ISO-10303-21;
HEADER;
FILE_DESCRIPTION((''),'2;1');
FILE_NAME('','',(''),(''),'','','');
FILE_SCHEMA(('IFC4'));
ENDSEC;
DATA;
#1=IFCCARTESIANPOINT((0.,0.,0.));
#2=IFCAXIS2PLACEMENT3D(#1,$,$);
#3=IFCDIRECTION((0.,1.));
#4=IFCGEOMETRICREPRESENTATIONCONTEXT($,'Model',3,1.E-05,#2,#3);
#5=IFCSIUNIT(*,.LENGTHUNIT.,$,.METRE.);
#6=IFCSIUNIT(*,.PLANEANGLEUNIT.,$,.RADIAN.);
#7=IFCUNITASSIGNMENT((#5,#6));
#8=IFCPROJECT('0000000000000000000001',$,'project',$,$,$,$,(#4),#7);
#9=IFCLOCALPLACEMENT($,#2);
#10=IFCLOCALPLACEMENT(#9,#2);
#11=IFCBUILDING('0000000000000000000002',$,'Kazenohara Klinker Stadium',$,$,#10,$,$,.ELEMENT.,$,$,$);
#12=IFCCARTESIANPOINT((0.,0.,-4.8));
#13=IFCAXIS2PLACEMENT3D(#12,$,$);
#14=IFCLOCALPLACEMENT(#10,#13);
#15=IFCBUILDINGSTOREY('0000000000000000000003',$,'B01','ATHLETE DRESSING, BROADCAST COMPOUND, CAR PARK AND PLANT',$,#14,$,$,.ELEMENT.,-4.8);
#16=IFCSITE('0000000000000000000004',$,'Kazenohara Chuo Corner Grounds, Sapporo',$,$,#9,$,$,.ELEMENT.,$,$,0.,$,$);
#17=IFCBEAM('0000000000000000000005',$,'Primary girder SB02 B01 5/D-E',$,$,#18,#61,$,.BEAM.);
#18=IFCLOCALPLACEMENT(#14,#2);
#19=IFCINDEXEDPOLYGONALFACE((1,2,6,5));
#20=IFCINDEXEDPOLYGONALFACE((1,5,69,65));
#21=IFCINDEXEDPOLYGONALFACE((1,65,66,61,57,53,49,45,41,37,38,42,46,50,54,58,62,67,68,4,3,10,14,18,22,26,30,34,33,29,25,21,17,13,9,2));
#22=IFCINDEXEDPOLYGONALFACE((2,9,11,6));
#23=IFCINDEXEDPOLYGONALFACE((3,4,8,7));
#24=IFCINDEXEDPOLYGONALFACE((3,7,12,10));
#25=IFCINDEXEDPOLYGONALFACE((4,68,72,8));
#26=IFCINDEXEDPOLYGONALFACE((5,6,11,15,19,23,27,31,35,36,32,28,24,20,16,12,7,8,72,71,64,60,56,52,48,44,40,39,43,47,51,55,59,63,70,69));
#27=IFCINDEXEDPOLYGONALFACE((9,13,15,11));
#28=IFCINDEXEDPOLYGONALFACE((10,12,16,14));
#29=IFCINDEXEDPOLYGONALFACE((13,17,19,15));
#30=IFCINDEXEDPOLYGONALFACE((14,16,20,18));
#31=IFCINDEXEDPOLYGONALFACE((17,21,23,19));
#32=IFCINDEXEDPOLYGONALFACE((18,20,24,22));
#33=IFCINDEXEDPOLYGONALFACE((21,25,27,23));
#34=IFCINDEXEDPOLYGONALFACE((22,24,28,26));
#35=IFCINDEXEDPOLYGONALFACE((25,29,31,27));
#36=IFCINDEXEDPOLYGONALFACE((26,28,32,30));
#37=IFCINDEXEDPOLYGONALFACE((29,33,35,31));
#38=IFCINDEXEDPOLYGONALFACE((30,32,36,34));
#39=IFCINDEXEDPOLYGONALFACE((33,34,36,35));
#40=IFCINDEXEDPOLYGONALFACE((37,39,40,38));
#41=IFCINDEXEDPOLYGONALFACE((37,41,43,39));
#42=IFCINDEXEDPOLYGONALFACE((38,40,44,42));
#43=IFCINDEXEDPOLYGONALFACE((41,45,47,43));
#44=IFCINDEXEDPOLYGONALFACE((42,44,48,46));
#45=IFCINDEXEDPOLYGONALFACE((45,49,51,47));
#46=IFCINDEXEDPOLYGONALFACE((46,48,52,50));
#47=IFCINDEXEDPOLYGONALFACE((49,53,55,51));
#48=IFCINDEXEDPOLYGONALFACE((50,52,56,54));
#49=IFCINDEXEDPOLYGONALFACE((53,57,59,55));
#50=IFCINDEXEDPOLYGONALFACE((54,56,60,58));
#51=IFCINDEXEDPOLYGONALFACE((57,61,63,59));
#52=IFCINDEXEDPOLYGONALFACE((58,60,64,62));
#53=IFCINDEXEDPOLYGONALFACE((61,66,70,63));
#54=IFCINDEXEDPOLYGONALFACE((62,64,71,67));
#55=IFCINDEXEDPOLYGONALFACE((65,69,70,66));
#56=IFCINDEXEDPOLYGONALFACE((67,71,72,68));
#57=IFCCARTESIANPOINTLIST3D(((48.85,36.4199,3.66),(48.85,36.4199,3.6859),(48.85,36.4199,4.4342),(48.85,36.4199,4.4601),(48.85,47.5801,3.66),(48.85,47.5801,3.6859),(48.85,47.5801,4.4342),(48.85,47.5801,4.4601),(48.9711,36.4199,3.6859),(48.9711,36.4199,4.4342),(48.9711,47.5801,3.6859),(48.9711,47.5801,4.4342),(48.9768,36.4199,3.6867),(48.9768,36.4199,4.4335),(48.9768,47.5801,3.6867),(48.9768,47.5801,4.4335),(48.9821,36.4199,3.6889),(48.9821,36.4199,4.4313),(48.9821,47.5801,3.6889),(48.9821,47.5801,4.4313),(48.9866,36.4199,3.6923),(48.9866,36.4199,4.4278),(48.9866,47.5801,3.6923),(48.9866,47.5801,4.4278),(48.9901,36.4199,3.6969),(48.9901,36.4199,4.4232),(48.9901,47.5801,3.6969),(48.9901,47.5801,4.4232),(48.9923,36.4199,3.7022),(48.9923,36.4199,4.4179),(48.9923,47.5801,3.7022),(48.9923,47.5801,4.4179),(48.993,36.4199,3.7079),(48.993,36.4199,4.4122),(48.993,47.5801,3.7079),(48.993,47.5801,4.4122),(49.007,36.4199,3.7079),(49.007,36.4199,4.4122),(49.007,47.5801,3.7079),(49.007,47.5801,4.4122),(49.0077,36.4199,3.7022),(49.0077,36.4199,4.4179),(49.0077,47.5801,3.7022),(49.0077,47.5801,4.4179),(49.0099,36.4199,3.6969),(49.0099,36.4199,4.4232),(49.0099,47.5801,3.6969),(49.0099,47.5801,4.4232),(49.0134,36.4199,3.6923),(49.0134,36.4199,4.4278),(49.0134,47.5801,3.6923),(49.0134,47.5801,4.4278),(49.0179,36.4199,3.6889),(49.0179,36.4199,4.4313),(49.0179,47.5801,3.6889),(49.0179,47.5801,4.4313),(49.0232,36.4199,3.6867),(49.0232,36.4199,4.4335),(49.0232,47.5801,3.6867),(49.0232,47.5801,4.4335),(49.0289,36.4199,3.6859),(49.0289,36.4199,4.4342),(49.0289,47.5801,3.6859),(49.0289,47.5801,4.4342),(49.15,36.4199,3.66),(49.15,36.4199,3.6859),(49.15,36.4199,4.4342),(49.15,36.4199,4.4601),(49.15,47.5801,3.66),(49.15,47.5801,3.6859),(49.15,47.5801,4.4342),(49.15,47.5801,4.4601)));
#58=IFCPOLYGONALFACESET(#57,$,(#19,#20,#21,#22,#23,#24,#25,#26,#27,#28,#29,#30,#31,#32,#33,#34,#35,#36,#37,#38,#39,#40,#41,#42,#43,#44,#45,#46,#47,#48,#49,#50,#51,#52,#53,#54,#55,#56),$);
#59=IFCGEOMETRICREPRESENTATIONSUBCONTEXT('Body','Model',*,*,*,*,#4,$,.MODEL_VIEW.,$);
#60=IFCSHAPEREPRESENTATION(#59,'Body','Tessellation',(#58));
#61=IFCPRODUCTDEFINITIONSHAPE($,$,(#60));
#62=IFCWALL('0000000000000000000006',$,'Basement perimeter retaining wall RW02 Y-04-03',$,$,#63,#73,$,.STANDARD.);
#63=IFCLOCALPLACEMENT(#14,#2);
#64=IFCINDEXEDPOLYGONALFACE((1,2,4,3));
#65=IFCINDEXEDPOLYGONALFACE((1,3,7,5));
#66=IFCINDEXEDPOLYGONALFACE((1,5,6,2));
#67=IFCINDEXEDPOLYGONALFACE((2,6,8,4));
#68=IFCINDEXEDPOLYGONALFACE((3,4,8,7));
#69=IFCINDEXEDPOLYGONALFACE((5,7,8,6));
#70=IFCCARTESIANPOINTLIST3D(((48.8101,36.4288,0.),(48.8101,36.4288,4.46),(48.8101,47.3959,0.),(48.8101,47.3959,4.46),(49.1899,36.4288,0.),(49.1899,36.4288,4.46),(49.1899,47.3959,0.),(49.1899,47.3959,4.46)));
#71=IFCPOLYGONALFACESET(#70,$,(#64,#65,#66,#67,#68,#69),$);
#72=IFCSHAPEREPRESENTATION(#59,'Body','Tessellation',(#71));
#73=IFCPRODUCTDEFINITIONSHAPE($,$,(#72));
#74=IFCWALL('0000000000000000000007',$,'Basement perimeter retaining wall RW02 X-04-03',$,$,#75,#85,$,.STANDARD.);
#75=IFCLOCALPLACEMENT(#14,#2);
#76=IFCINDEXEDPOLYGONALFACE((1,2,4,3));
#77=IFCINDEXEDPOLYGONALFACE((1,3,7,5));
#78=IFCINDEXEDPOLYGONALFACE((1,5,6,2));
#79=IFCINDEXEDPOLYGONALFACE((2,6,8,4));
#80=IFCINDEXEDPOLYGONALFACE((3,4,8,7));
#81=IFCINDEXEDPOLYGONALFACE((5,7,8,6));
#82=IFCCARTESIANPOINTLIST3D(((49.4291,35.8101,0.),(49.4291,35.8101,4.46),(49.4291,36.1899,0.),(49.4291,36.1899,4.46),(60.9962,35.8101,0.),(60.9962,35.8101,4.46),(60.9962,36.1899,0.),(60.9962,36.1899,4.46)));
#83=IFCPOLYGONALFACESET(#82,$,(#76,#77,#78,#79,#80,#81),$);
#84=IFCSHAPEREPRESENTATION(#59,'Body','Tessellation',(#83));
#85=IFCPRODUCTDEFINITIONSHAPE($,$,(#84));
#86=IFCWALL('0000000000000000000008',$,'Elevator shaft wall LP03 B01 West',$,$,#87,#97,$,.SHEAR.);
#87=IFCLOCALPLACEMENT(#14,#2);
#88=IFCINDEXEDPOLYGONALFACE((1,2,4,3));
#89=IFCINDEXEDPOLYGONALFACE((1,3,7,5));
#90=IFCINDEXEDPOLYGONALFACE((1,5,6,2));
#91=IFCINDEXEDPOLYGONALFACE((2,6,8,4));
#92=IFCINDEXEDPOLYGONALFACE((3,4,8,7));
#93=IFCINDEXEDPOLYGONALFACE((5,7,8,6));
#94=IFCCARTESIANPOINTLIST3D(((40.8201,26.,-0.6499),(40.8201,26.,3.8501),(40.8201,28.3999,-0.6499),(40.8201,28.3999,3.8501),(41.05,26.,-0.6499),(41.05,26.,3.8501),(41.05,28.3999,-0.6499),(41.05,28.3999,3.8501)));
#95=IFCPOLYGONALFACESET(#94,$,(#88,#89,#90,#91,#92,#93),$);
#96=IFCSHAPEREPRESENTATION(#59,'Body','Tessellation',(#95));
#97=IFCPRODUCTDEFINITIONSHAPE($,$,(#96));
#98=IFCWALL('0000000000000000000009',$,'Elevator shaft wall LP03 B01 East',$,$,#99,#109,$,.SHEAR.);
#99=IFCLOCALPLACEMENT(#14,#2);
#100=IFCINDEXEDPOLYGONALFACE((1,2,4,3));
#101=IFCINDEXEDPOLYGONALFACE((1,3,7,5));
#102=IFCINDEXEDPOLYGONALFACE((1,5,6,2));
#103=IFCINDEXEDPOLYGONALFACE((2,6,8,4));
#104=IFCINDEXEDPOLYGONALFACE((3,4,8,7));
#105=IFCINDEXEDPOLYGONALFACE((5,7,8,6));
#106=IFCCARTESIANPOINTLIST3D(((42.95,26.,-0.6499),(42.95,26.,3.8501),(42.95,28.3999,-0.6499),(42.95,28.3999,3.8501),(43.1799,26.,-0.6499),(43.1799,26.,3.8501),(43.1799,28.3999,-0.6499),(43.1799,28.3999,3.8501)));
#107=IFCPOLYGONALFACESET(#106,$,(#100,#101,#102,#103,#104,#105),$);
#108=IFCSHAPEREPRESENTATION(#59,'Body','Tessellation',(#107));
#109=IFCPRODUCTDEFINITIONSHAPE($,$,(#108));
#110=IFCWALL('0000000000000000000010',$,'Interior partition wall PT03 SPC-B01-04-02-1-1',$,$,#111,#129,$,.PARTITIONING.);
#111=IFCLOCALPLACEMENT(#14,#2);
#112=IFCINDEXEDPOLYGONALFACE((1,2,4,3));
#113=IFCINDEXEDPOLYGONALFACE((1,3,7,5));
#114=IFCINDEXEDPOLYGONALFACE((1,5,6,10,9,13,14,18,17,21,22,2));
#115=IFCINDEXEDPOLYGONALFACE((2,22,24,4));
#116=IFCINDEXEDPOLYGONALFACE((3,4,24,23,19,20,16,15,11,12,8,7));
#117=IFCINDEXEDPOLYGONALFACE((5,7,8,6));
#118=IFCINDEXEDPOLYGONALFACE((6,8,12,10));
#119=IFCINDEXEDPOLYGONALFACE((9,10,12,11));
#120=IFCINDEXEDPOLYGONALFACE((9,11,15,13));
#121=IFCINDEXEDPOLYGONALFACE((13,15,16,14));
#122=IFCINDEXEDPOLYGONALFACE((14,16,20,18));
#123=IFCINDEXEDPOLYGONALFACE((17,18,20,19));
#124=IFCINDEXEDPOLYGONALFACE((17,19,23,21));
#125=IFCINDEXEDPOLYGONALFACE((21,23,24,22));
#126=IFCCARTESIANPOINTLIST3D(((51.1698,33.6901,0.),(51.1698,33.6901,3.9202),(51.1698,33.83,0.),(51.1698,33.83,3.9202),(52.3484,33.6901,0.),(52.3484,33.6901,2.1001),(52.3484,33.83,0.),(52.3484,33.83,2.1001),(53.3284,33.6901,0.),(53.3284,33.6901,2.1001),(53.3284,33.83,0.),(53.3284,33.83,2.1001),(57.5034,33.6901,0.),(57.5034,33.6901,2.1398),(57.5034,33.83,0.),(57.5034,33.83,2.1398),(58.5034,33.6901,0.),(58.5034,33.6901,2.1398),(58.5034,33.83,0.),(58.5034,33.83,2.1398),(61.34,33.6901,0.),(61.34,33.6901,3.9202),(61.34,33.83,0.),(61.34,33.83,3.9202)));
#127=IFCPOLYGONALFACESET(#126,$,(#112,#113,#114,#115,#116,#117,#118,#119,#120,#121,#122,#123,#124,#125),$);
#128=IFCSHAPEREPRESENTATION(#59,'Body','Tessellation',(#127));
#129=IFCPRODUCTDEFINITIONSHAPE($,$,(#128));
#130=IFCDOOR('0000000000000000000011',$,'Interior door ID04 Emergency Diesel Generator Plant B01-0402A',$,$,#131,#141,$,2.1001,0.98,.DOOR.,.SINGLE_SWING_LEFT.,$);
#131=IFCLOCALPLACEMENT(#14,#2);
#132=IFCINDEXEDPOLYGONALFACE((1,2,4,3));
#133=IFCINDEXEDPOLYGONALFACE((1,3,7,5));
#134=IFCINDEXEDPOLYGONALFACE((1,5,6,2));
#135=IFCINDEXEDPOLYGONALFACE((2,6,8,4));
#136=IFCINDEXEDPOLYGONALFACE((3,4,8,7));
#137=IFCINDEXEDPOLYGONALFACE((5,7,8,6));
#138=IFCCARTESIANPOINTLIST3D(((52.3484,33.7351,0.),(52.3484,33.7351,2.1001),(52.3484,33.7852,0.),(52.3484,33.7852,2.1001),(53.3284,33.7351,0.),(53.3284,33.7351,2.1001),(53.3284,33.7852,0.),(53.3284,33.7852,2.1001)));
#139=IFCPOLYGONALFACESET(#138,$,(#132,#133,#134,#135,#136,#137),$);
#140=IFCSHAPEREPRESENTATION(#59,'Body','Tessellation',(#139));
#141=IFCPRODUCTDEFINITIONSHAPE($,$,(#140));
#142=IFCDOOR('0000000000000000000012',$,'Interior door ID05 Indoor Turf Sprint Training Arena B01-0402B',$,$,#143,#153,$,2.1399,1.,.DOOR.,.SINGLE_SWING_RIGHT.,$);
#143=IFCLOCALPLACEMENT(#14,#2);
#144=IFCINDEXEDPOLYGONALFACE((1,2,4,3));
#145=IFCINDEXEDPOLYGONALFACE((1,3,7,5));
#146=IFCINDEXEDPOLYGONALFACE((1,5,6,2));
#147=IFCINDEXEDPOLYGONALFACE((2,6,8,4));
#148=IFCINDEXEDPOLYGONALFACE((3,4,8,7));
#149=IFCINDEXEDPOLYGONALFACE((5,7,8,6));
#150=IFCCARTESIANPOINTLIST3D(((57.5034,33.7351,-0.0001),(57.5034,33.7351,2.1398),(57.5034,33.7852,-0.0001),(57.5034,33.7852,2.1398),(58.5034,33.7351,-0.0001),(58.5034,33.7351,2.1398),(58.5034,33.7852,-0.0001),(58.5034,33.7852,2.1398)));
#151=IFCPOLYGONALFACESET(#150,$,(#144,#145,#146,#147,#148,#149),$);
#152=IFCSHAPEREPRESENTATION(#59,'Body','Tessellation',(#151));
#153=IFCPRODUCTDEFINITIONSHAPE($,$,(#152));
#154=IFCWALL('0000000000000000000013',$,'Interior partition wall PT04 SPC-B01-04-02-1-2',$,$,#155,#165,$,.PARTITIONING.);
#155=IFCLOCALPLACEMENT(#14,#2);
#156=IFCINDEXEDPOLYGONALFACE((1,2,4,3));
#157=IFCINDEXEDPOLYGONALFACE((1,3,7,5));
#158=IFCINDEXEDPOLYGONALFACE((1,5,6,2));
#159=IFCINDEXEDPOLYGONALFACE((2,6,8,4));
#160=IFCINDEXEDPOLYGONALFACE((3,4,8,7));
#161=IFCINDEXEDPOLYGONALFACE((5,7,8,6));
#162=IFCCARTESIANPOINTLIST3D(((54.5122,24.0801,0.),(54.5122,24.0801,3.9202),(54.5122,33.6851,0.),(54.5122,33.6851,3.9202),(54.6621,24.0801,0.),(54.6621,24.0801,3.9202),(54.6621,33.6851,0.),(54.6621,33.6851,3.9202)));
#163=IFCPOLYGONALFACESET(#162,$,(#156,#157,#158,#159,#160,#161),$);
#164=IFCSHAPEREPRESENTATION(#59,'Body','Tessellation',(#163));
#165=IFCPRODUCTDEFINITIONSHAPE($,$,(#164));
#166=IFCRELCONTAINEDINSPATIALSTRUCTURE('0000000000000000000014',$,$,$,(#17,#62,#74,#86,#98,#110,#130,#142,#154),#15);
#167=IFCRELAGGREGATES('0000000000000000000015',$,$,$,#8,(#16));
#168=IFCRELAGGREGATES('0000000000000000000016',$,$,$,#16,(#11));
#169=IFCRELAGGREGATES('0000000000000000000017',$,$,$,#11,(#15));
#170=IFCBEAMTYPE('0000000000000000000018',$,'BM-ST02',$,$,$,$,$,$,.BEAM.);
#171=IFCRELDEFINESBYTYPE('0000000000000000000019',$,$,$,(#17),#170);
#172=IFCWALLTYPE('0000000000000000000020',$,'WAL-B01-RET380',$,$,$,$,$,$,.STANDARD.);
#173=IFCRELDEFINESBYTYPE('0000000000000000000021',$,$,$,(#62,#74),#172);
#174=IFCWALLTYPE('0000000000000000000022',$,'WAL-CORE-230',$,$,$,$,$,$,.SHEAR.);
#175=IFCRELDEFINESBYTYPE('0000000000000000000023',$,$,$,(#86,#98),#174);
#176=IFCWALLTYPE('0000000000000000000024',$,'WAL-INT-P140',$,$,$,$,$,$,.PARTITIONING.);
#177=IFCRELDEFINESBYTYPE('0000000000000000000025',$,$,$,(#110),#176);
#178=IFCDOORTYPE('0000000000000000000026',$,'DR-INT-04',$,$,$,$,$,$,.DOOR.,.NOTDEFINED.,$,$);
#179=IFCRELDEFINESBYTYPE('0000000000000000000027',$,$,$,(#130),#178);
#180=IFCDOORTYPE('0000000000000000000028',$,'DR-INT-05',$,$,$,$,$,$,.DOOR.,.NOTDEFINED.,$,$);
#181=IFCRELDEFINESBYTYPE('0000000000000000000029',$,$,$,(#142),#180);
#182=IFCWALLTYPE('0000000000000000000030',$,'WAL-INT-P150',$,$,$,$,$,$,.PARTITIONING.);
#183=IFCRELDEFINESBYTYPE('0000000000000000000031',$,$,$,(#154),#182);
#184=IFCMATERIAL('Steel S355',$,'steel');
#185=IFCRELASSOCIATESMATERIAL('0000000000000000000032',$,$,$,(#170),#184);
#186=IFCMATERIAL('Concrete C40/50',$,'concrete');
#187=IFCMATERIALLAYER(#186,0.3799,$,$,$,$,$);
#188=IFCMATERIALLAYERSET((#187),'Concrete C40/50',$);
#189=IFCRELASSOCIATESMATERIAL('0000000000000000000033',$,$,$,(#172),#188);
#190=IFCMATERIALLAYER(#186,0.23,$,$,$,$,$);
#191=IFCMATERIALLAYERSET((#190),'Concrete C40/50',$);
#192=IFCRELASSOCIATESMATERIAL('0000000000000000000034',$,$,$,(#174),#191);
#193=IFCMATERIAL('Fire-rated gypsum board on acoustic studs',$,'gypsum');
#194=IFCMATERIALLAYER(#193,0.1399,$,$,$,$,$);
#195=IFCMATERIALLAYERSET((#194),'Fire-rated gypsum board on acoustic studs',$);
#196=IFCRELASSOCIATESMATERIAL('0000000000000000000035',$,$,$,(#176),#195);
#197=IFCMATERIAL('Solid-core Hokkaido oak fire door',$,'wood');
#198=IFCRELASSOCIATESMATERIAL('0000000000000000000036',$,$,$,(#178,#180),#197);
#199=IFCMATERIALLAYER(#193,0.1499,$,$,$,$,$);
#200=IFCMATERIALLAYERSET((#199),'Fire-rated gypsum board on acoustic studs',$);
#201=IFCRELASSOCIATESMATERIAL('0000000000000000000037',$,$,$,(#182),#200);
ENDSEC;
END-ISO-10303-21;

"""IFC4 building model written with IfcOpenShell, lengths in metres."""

from ifc_helpers import new_model, si_unit, direction, frame, frame_2d, origin, origin_2d, place, context, subcontext, project, spatial, rectangle, i_section, extrude, material, layer, layer_set, material_profile, profile_set, type_object, element, fill, save


model = new_model("IFC4")

# Units and contexts
model_context = context("Model", 3, precision=1e-05, world=origin(), true_north=direction((0.0, 1.0)))
body_context = subcontext(model_context, "Body", "Model", "MODEL_VIEW")
ifc_project = project(units=[si_unit("LENGTHUNIT", "METRE"), si_unit("PLANEANGLEUNIT", "RADIAN")], contexts=[model_context])

# Site, building, storey
site_placement = place(None, origin())
site = spatial("IfcSite", under=ifc_project, at=site_placement, Name="Kazenohara Chuo Corner Grounds, Sapporo", CompositionType="ELEMENT", RefElevation=0.0)
building_placement = place(site_placement, origin())
building = spatial("IfcBuilding", under=site, at=building_placement, Name="Kazenohara Klinker Stadium", CompositionType="ELEMENT")
storey_placement = place(building_placement, frame((0.0, 0.0, -4.8)))
storey = spatial("IfcBuildingStorey", under=building, at=storey_placement, Name="B01", Description="ATHLETE DRESSING, BROADCAST COMPOUND, CAR PARK AND PLANT", CompositionType="ELEMENT", Elevation=-4.8)

# Shared definitions
ifc_material_1 = material(Name="Concrete C40/50", Category="concrete")

# Beam
ifc_material_2 = material(Name="Steel S355", Category="steel")
ifc_material_profile_1 = material_profile(ifc_material_2, i_section(OverallWidth=0.3, OverallDepth=0.8, WebThickness=0.0139, FlangeThickness=0.0259, FilletRadius=0.022, at=origin_2d()), Name="H-800x300x14x26")
ifc_profile_set_1 = profile_set([ifc_material_profile_1], Name="Steel S355")
beam_type_1 = type_object("IfcBeamType", Name="BM-ST02", PredefinedType="BEAM", material=ifc_profile_set_1)
beam_1_placement = place(storey_placement, frame((49.0, 36.4199, 4.0601), z_axis=(0.0, 1.0, 0.0), x_axis=(-1.0, 0.0, 0.0)))
element("IfcBeam", 1, at=beam_1_placement, inside=storey, type_object=beam_type_1, Name="Primary girder SB02 B01 5/D-E", PredefinedType="BEAM", context=body_context, shape_type="SweptSolid", body=[
    extrude(i_section(OverallWidth=0.3, OverallDepth=0.8, WebThickness=0.0139, FlangeThickness=0.0259, FilletRadius=0.022, at=origin_2d()), origin(), (0.0, 0.0, 1.0), 11.1602),
])

# Walls
ifc_layer_1 = layer(ifc_material_1, 0.3799)
ifc_layer_set_1 = layer_set([ifc_layer_1], Name="Concrete C40/50")
wall_type_1 = type_object("IfcWallType", Name="WAL-B01-RET380", PredefinedType="STANDARD", material=ifc_layer_set_1)
wall_1_placement = place(storey_placement, frame((49.0, 36.429, 0.0), z_axis=(0.0, 0.0, 1.0), x_axis=(0.0, 1.0, 0.0)))
element("IfcWall", 2, at=wall_1_placement, inside=storey, type_object=wall_type_1, Name="Basement perimeter retaining wall RW02 Y-04-03", PredefinedType="STANDARD", context=body_context, shape_type="SweptSolid", body=[
    extrude(rectangle(XDim=10.967, YDim=0.3799, at=frame_2d((5.4834, 0.0))), origin(), (0.0, 0.0, 1.0), 4.46),
])
wall_2_placement = place(storey_placement, frame((49.429, 36.0, 0.0), z_axis=(0.0, 0.0, 1.0), x_axis=(1.0, 0.0, 0.0)))
element("IfcWall", 3, at=wall_2_placement, inside=storey, type_object=wall_type_1, Name="Basement perimeter retaining wall RW02 X-04-03", PredefinedType="STANDARD", context=body_context, shape_type="SweptSolid", body=[
    extrude(rectangle(XDim=11.5671, YDim=0.3799, at=frame_2d((5.7837, 0.0))), origin(), (0.0, 0.0, 1.0), 4.46),
])
ifc_layer_2 = layer(ifc_material_1, 0.23)
ifc_layer_set_2 = layer_set([ifc_layer_2], Name="Concrete C40/50")
wall_type_2 = type_object("IfcWallType", Name="WAL-CORE-230", PredefinedType="SHEAR", material=ifc_layer_set_2)
for number, where, z_axis, x_axis, name in (
    (4, (40.9351, 26.0, -0.6499), (0.0, 0.0, 1.0), (0.0, 1.0, 0.0), "Elevator shaft wall LP03 B01 West"),
    (5, (43.0649, 26.0, -0.6499), (0.0, 0.0, 1.0), (0.0, 1.0, 0.0), "Elevator shaft wall LP03 B01 East"),
):
    element("IfcWall", number, at=place(storey_placement, frame(where, z_axis=z_axis, x_axis=x_axis)), inside=storey, type_object=wall_type_2, Name=name, PredefinedType="SHEAR", context=body_context, shape_type="SweptSolid", body=[
        extrude(rectangle(XDim=2.3999, YDim=0.23, at=frame_2d((1.2, 0.0))), origin(), (0.0, 0.0, 1.0), 4.5),
    ])

# Wall, openings, doors
ifc_material_3 = material(Name="Fire-rated gypsum board on acoustic studs", Category="gypsum")
ifc_layer_3 = layer(ifc_material_3, 0.1399)
ifc_layer_set_3 = layer_set([ifc_layer_3], Name="Fire-rated gypsum board on acoustic studs")
wall_type_3 = type_object("IfcWallType", Name="WAL-INT-P140", PredefinedType="PARTITIONING", material=ifc_layer_set_3)
wall_3_placement = place(storey_placement, frame((51.1699, 33.76, 0.0), z_axis=(0.0, 0.0, 1.0), x_axis=(1.0, 0.0, 0.0)))
wall_3 = element("IfcWall", 6, at=wall_3_placement, inside=storey, type_object=wall_type_3, Name="Interior partition wall PT03 SPC-B01-04-02-1-1", PredefinedType="PARTITIONING", context=body_context, shape_type="SweptSolid", body=[
    extrude(rectangle(XDim=10.1702, YDim=0.1399, at=frame_2d((5.085, 0.0))), origin(), (0.0, 0.0, 1.0), 3.9202),
])
opening_1_placement = place(wall_3_placement, frame((2.1584, 0.0, 0.0), z_axis=(0.0, 0.0, 1.0), x_axis=(-1.0, 0.0, 0.0)))
opening_1 = element("IfcOpeningElement", 7, at=opening_1_placement, cuts=wall_3, PredefinedType="OPENING", context=body_context, shape_type="SweptSolid", body=[
    extrude(rectangle(XDim=0.98, YDim=2.1001, at=frame_2d((0.49, 1.05))), frame((0.0, 0.0801, 0.0), z_axis=(0.0, -1.0, 0.0), x_axis=(1.0, 0.0, 0.0)), (0.0, 0.0, 1.0), 0.1599),
])
opening_2_placement = place(wall_3_placement, frame((7.3335, 0.0, 0.0), z_axis=(0.0, 0.0, 1.0), x_axis=(-1.0, 0.0, 0.0)))
opening_2 = element("IfcOpeningElement", 8, at=opening_2_placement, cuts=wall_3, PredefinedType="OPENING", context=body_context, shape_type="SweptSolid", body=[
    extrude(rectangle(XDim=1.0, YDim=2.1399, at=frame_2d((0.5, 1.0698))), frame((0.0, 0.0801, 0.0), z_axis=(0.0, -1.0, 0.0), x_axis=(1.0, 0.0, 0.0)), (0.0, 0.0, 1.0), 0.1599),
])
ifc_material_4 = material(Name="Solid-core Hokkaido oak fire door", Category="wood")
door_type_1 = type_object("IfcDoorType", Name="DR-INT-04", OperationType="NOTDEFINED", PredefinedType="DOOR", material=ifc_material_4)
door_1_placement = place(opening_1_placement, origin())
door_1 = element("IfcDoor", 9, at=door_1_placement, inside=storey, type_object=door_type_1, Name="Interior door ID04 Emergency Diesel Generator Plant B01-0402A", OperationType="SINGLE_SWING_LEFT", OverallHeight=2.1001, OverallWidth=0.98, PredefinedType="DOOR", context=body_context, shape_type="SweptSolid", body=[
    extrude(rectangle(XDim=0.98, YDim=2.1001, at=frame_2d((0.49, 1.05))), frame((0.0, 0.0249, 0.0), z_axis=(0.0, -1.0, 0.0), x_axis=(1.0, 0.0, 0.0)), (0.0, 0.0, 1.0), 0.05),
])
fill(opening_1, door_1)
door_type_2 = type_object("IfcDoorType", Name="DR-INT-05", OperationType="NOTDEFINED", PredefinedType="DOOR", material=ifc_material_4)
door_2_placement = place(opening_2_placement, origin())
door_2 = element("IfcDoor", 10, at=door_2_placement, inside=storey, type_object=door_type_2, Name="Interior door ID05 Indoor Turf Sprint Training Arena B01-0402B", OperationType="SINGLE_SWING_RIGHT", OverallHeight=2.1399, OverallWidth=1.0, PredefinedType="DOOR", context=body_context, shape_type="SweptSolid", body=[
    extrude(rectangle(XDim=1.0, YDim=2.1399, at=frame_2d((0.5, 1.0698))), frame((0.0, 0.0249, 0.0), z_axis=(0.0, -1.0, 0.0), x_axis=(1.0, 0.0, 0.0)), (0.0, 0.0, 1.0), 0.05),
])
fill(opening_2, door_2)

# Wall
ifc_layer_4 = layer(ifc_material_3, 0.1499)
ifc_layer_set_4 = layer_set([ifc_layer_4], Name="Fire-rated gypsum board on acoustic studs")
wall_type_4 = type_object("IfcWallType", Name="WAL-INT-P150", PredefinedType="PARTITIONING", material=ifc_layer_set_4)
wall_4_placement = place(storey_placement, frame((54.5872, 24.0801, 0.0), z_axis=(0.0, 0.0, 1.0), x_axis=(0.0, 1.0, 0.0)))
element("IfcWall", 11, at=wall_4_placement, inside=storey, type_object=wall_type_4, Name="Interior partition wall PT04 SPC-B01-04-02-1-2", PredefinedType="PARTITIONING", context=body_context, shape_type="SweptSolid", body=[
    extrude(rectangle(XDim=9.605, YDim=0.1499, at=frame_2d((4.8025, 0.0))), origin(), (0.0, 0.0, 1.0), 3.9202),
])

save(model, "model.ifc")
